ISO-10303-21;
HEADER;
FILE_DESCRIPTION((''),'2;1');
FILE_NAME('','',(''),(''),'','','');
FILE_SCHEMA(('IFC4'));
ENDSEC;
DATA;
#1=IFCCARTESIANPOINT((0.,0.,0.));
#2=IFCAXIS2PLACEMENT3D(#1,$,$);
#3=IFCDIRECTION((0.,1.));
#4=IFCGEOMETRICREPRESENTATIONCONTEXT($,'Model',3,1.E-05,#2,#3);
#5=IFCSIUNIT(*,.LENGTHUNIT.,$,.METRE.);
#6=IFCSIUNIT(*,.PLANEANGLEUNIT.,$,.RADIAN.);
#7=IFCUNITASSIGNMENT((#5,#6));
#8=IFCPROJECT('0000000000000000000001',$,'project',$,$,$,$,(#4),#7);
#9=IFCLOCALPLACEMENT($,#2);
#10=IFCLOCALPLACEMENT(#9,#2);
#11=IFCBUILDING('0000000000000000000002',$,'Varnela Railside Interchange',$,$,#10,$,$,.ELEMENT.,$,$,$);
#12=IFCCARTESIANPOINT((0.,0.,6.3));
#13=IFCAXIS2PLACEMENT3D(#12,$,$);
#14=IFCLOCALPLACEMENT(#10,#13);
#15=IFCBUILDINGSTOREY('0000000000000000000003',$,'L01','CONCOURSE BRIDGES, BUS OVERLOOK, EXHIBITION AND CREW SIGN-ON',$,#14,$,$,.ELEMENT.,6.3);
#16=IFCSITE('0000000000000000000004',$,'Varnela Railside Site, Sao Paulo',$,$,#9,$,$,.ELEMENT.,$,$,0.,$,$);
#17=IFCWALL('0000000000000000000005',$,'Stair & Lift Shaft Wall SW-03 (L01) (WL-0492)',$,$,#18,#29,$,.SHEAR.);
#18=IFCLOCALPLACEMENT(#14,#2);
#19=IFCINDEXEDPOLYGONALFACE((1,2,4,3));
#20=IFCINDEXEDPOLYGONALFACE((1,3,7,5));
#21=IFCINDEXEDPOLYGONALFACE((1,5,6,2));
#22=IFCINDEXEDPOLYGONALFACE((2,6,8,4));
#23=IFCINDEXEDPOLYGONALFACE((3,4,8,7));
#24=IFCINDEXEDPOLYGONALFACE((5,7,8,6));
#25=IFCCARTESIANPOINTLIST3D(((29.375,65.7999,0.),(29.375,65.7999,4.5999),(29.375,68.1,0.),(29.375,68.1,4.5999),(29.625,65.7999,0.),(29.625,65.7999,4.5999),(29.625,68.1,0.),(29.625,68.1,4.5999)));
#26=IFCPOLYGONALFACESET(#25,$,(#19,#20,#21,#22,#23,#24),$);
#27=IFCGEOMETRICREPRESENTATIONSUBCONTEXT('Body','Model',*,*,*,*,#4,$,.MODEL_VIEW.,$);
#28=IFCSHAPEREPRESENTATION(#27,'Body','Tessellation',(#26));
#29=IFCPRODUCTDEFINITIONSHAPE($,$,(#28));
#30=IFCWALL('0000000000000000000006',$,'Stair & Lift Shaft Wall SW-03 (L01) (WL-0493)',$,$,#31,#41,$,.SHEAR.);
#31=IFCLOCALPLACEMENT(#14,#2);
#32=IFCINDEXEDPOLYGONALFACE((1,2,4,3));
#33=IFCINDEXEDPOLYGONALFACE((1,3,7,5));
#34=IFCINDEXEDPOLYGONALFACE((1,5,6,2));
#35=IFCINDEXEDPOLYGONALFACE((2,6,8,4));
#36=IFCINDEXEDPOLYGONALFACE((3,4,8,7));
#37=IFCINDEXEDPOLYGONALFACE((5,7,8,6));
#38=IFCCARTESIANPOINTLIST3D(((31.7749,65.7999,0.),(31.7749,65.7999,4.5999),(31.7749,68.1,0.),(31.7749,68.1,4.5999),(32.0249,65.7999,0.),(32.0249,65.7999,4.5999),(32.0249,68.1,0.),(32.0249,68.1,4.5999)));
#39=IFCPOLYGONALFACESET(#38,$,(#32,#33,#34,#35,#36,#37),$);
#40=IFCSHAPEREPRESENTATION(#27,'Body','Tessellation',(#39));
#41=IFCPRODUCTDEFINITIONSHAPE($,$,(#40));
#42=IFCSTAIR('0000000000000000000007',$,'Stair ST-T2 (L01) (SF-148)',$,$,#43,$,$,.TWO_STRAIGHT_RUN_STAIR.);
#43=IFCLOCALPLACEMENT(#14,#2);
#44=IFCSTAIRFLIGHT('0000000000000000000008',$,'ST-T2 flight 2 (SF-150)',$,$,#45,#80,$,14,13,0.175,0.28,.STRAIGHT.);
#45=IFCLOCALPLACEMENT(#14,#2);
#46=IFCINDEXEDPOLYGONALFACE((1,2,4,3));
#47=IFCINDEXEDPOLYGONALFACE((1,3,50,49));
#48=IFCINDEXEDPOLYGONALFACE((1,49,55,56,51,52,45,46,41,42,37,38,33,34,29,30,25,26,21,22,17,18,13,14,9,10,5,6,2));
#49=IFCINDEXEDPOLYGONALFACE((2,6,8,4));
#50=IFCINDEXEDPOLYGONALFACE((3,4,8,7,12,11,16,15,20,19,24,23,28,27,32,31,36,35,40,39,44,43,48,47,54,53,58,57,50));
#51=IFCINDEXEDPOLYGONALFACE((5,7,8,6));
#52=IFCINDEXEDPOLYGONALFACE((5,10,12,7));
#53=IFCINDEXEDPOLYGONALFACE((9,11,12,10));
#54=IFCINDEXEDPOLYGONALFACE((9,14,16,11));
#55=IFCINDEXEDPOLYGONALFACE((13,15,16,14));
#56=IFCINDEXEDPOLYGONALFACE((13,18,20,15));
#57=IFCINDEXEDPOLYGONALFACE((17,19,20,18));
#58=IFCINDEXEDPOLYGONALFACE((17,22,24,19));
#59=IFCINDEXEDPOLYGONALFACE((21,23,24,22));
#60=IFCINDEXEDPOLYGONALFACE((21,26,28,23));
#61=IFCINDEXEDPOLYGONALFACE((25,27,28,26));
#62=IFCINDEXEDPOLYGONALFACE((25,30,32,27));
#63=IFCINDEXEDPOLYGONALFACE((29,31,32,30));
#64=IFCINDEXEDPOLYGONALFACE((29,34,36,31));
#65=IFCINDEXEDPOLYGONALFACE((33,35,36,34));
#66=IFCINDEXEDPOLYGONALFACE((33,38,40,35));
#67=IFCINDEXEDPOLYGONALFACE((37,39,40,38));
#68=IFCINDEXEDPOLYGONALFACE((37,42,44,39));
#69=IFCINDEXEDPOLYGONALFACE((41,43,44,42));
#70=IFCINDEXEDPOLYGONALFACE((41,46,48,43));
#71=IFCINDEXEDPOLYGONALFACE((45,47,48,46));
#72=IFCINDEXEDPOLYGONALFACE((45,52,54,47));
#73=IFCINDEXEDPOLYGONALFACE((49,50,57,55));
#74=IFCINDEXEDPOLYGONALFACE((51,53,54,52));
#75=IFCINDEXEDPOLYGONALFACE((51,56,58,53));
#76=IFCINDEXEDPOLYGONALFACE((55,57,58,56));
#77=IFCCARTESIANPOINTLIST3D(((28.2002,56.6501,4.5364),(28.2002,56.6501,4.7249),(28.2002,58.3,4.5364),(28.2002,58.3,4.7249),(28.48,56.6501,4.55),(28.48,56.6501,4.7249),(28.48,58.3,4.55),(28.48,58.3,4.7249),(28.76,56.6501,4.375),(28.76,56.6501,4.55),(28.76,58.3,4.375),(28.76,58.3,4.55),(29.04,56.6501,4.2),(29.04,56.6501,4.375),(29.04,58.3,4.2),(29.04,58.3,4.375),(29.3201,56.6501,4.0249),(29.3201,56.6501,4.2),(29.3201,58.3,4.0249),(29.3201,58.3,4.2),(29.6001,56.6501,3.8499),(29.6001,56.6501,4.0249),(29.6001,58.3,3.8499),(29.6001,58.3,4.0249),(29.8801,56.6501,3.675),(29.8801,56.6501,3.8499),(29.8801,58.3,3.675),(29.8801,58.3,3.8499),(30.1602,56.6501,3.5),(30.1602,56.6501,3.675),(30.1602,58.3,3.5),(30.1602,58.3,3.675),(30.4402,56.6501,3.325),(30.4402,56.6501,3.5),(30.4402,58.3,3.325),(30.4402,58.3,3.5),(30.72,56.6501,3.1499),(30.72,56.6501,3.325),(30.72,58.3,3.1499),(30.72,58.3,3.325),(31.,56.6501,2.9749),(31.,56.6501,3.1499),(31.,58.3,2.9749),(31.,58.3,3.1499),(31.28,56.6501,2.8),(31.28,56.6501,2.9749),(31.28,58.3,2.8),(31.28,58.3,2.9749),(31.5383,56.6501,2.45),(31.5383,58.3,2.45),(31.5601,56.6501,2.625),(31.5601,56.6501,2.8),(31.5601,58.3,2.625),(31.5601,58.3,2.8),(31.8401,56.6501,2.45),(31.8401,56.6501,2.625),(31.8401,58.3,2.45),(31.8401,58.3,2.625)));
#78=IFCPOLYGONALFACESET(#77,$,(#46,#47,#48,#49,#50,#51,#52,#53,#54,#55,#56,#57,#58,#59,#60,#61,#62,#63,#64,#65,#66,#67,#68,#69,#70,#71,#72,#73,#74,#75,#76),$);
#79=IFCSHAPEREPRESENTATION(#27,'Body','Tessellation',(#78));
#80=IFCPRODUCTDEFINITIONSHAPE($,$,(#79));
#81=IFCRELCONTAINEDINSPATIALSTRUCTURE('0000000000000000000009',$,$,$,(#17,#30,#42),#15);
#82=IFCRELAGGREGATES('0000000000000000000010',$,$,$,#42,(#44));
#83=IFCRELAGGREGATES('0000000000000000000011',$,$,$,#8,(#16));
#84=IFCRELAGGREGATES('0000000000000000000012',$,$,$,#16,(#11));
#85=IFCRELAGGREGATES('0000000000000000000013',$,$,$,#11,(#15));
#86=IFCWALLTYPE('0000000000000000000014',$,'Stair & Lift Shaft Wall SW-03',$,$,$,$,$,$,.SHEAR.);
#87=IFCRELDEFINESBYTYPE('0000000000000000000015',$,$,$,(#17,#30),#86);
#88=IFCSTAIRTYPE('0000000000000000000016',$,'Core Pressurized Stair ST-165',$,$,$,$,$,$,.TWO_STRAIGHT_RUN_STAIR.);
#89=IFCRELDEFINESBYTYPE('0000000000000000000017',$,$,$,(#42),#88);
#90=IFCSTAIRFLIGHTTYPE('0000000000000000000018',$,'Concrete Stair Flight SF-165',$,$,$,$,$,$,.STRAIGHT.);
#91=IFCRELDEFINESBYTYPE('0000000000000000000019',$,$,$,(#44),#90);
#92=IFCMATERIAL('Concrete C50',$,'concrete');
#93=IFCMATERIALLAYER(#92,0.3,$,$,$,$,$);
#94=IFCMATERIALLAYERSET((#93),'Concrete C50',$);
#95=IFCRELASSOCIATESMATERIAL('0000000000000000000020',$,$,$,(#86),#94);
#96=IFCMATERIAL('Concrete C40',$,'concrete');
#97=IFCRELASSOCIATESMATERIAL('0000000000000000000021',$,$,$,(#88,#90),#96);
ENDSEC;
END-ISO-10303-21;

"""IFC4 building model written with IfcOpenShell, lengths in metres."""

from ifc_helpers import new_model, si_unit, direction, frame, frame_2d, origin, place, context, subcontext, project, spatial, polyline, rectangle, outline, extrude, material, layer, layer_set, type_object, element, aggregate, save


model = new_model("IFC4")

# Units and contexts
model_context = context("Model", 3, precision=1e-05, world=origin(), true_north=direction((0.0, 1.0)))
body_context = subcontext(model_context, "Body", "Model", "MODEL_VIEW")
ifc_project = project(units=[si_unit("LENGTHUNIT", "METRE"), si_unit("PLANEANGLEUNIT", "RADIAN")], contexts=[model_context])

# Site, building, storey
site_placement = place(None, origin())
site = spatial("IfcSite", under=ifc_project, at=site_placement, Name="Varnela Railside Site, Sao Paulo", CompositionType="ELEMENT", RefElevation=0.0)
building_placement = place(site_placement, origin())
building = spatial("IfcBuilding", under=site, at=building_placement, Name="Varnela Railside Interchange", CompositionType="ELEMENT")
storey_placement = place(building_placement, frame((0.0, 0.0, 6.3)))
storey = spatial("IfcBuildingStorey", under=building, at=storey_placement, Name="L01", Description="CONCOURSE BRIDGES, BUS OVERLOOK, EXHIBITION AND CREW SIGN-ON", CompositionType="ELEMENT", Elevation=6.3)

# Shared definitions
ifc_material_1 = material(Name="Concrete C40", Category="concrete")

# Shared definitions
ifc_material_2 = material(Name="Concrete C50", Category="concrete")

# Walls
ifc_layer_1 = layer(ifc_material_2, 0.3)
ifc_layer_set_1 = layer_set([ifc_layer_1], Name="Concrete C50")
wall_type_1 = type_object("IfcWallType", Name="Stair & Lift Shaft Wall SW-03", PredefinedType="SHEAR", material=ifc_layer_set_1)
for number, where, z_axis, x_axis, name in (
    (1, (29.5, 65.8, 0.0), (0.0, 0.0, 1.0), (0.0, 1.0, 0.0), "Stair & Lift Shaft Wall SW-03 (L01) (WL-0492)"),
    (2, (31.8999, 65.8, 0.0), (0.0, 0.0, 1.0), (0.0, 1.0, 0.0), "Stair & Lift Shaft Wall SW-03 (L01) (WL-0493)"),
):
    element("IfcWall", number, at=place(storey_placement, frame(where, z_axis=z_axis, x_axis=x_axis)), inside=storey, type_object=wall_type_1, Name=name, PredefinedType="SHEAR", context=body_context, shape_type="SweptSolid", body=[
        extrude(rectangle(XDim=2.3, YDim=0.25, at=frame_2d((1.1499, 0.0))), origin(), (0.0, 0.0, 1.0), 4.5999),
    ])

# Stair, stair flight
stair_type = type_object("IfcStairType", Name="Core Pressurized Stair ST-165", PredefinedType="TWO_STRAIGHT_RUN_STAIR", material=ifc_material_1)
stair_placement = place(storey_placement, origin())
stair = element("IfcStair", 3, at=stair_placement, inside=storey, type_object=stair_type, Name="Stair ST-T2 (L01) (SF-148)", PredefinedType="TWO_STRAIGHT_RUN_STAIR")
stair_flight_type = type_object("IfcStairFlightType", Name="Concrete Stair Flight SF-165", PredefinedType="STRAIGHT", material=ifc_material_1)
stair_flight_placement = place(storey_placement, frame((31.8401, 57.4751, 2.45), z_axis=(0.0, 0.0, 1.0), x_axis=(-1.0, 0.0, 0.0)))
stair_flight = element("IfcStairFlight", 4, at=stair_flight_placement, type_object=stair_flight_type, Name="ST-T2 flight 2 (SF-150)", NumberOfRisers=14, NumberOfTreads=13, PredefinedType="STRAIGHT", RiserHeight=0.175, TreadLength=0.28, context=body_context, shape_type="SweptSolid", body=[
    extrude(outline(polyline([(0.0, 0.0), (0.0, 0.175), (0.28, 0.175), (0.28, 0.3501), (0.5601, 0.3501), (0.5601, 0.5249), (0.8401, 0.5249), (0.8401, 0.7), (1.1201, 0.7), (1.1201, 0.875), (1.3999, 0.875), (1.3999, 1.05), (1.6799, 1.05), (1.6799, 1.2251), (1.96, 1.2251), (1.96, 1.3999), (2.24, 1.3999), (2.24, 1.575), (2.52, 1.575), (2.52, 1.75), (2.8, 1.75), (2.8, 1.925), (3.0801, 1.925), (3.0801, 2.1001), (3.3601, 2.1001), (3.3601, 2.2749), (3.6399, 2.2749), (3.6399, 2.45), (3.6399, 2.0864), (0.3018, 0.0), (0.0, 0.0)])), frame((0.0, 0.825, 0.0), z_axis=(0.0, -1.0, 0.0), x_axis=(1.0, 0.0, 0.0)), (0.0, 0.0, 1.0), 1.6499),
])
aggregate(stair, [stair_flight])

save(model, "model.ifc")
